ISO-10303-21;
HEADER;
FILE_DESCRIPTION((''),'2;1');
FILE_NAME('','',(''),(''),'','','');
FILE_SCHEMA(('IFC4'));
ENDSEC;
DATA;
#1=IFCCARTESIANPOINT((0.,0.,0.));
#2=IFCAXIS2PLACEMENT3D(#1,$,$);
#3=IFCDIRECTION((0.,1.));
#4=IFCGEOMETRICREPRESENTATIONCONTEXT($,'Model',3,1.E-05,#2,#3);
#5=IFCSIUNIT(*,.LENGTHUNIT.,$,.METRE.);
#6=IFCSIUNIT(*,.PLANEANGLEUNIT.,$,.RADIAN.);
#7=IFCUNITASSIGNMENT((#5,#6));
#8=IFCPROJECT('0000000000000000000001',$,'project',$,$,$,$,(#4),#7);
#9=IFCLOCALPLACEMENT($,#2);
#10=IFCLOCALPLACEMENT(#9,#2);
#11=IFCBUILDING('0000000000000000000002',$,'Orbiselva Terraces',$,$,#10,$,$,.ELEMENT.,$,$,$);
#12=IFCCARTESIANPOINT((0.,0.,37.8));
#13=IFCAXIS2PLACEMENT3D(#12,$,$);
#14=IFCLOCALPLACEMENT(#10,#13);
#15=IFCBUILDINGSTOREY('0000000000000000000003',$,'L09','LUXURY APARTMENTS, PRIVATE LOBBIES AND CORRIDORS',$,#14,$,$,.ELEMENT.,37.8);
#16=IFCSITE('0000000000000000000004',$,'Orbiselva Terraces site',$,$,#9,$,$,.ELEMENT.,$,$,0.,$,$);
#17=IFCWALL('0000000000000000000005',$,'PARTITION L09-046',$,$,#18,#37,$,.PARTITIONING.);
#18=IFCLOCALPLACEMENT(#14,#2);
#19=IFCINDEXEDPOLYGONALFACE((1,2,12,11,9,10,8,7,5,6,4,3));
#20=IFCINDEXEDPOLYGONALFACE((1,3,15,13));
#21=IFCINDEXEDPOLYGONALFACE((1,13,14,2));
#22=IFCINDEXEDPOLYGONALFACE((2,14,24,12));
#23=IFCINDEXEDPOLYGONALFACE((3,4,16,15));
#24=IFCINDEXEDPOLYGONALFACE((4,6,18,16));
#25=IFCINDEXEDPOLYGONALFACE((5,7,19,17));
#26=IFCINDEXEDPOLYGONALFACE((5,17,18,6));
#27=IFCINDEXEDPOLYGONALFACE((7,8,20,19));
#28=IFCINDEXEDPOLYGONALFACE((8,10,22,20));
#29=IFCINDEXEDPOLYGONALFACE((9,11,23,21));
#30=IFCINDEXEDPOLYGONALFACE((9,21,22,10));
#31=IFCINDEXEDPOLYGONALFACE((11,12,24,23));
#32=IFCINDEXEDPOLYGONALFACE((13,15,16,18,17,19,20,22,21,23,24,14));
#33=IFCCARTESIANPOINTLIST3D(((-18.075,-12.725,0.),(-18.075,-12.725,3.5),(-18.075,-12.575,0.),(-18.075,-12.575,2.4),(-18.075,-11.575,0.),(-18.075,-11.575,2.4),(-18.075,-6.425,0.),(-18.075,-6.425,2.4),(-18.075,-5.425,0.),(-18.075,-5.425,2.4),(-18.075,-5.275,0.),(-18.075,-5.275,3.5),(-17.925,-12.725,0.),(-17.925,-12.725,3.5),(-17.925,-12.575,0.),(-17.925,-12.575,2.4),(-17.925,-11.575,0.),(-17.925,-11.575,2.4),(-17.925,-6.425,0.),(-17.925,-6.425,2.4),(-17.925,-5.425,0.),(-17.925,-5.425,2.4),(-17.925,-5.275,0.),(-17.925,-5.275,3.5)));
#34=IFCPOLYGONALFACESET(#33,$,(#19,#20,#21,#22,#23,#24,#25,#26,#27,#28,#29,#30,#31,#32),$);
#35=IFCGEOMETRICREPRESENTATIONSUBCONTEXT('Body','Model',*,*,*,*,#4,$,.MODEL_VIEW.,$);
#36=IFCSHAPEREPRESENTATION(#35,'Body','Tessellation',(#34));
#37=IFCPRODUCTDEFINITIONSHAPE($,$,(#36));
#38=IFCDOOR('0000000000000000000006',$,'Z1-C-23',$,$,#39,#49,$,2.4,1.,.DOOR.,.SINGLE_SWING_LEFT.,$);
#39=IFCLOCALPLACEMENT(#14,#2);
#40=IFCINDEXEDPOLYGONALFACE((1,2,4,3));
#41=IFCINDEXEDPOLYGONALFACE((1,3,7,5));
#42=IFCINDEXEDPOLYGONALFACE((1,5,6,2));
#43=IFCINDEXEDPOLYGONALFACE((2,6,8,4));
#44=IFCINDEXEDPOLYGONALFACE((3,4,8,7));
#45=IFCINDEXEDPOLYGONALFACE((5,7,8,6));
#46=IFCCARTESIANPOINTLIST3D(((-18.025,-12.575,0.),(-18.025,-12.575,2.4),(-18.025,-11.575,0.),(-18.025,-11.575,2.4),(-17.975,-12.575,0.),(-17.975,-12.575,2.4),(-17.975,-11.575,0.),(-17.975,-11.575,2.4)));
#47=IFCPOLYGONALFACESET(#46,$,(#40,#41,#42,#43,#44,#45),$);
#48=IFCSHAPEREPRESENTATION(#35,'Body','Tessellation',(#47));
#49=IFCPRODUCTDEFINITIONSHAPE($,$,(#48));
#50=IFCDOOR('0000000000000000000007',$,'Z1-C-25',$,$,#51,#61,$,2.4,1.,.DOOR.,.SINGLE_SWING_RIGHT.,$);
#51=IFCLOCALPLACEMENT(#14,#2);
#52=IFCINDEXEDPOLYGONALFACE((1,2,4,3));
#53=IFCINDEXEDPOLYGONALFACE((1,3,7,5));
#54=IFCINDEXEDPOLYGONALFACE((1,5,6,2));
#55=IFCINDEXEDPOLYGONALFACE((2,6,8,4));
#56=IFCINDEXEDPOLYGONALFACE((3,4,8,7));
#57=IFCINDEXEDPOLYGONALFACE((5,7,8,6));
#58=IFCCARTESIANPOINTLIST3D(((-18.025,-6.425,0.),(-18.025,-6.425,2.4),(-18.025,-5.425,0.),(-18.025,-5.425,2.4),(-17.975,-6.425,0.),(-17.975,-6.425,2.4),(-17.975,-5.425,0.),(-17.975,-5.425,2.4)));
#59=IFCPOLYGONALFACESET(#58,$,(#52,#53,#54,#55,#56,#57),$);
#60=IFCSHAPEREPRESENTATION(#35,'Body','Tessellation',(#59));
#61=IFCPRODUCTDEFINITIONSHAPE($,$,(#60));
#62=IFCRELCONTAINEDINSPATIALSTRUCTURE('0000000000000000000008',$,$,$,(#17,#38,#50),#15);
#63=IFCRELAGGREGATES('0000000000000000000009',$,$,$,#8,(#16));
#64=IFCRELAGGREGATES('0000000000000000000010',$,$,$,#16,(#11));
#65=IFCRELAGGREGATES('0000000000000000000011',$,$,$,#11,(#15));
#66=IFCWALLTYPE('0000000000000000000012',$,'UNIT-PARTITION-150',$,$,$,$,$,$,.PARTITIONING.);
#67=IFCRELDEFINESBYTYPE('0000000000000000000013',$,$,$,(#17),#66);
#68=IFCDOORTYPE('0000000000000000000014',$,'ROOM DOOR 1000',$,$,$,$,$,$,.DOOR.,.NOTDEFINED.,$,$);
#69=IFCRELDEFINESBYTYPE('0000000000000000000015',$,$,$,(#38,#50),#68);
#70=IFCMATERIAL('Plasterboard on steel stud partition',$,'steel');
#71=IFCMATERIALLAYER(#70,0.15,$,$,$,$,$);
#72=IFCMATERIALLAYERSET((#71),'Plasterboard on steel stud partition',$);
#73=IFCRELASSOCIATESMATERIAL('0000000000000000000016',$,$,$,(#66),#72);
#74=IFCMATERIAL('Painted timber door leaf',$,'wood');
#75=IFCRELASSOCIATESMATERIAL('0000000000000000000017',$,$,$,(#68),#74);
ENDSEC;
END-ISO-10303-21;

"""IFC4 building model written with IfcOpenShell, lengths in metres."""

from ifc_helpers import new_model, si_unit, direction, frame, frame_2d, origin, place, context, subcontext, project, spatial, rectangle, extrude, material, layer, layer_set, type_object, element, fill, save


model = new_model("IFC4")

# Units and contexts
model_context = context("Model", 3, precision=1e-05, world=origin(), true_north=direction((0.0, 1.0)))
body_context = subcontext(model_context, "Body", "Model", "MODEL_VIEW")
ifc_project = project(units=[si_unit("LENGTHUNIT", "METRE"), si_unit("PLANEANGLEUNIT", "RADIAN")], contexts=[model_context])

# Site, building, storey
site_placement = place(None, origin())
site = spatial("IfcSite", under=ifc_project, at=site_placement, Name="Orbiselva Terraces site", CompositionType="ELEMENT", RefElevation=0.0)
building_placement = place(site_placement, origin())
building = spatial("IfcBuilding", under=site, at=building_placement, Name="Orbiselva Terraces", CompositionType="ELEMENT")
storey_placement = place(building_placement, frame((0.0, 0.0, 37.8)))
storey = spatial("IfcBuildingStorey", under=building, at=storey_placement, Name="L09", Description="LUXURY APARTMENTS, PRIVATE LOBBIES AND CORRIDORS", CompositionType="ELEMENT", Elevation=37.8)

# Shared definitions
ifc_material_1 = material(Name="Plasterboard on steel stud partition", Category="steel")
ifc_layer_1 = layer(ifc_material_1, 0.15)
ifc_layer_set_1 = layer_set([ifc_layer_1], Name="Plasterboard on steel stud partition")
wall_type_1 = type_object("IfcWallType", Name="UNIT-PARTITION-150", PredefinedType="PARTITIONING", material=ifc_layer_set_1)

# Wall, openings, doors
ifc_material_2 = material(Name="Painted timber door leaf", Category="wood")
wall_1_placement = place(storey_placement, frame((-18.0, -12.725, 0.0), z_axis=(0.0, 0.0, 1.0), x_axis=(0.0, 1.0, 0.0)))
wall_1 = element("IfcWall", 1, at=wall_1_placement, inside=storey, type_object=wall_type_1, Name="PARTITION L09-046", PredefinedType="PARTITIONING", context=body_context, shape_type="SweptSolid", body=[
    extrude(rectangle(XDim=7.45, YDim=0.15, at=frame_2d((3.725, 0.0))), origin(), (0.0, 0.0, 1.0), 3.5),
])
opening_1_placement = place(wall_1_placement, frame((0.15, 0.0, 0.0)))
opening_1 = element("IfcOpeningElement", 2, at=opening_1_placement, cuts=wall_1, PredefinedType="OPENING", context=body_context, shape_type="SweptSolid", body=[
    extrude(rectangle(XDim=1.0, YDim=2.4, at=frame_2d((0.5, 1.2))), frame((0.0, 0.085, 0.0), z_axis=(0.0, -1.0, 0.0), x_axis=(1.0, 0.0, 0.0)), (0.0, 0.0, 1.0), 0.17),
])
opening_2_placement = place(wall_1_placement, frame((6.3, 0.0, 0.0)))
opening_2 = element("IfcOpeningElement", 3, at=opening_2_placement, cuts=wall_1, PredefinedType="OPENING", context=body_context, shape_type="SweptSolid", body=[
    extrude(rectangle(XDim=1.0, YDim=2.4, at=frame_2d((0.5, 1.2))), frame((0.0, 0.085, 0.0), z_axis=(0.0, -1.0, 0.0), x_axis=(1.0, 0.0, 0.0)), (0.0, 0.0, 1.0), 0.17),
])
door_type_1 = type_object("IfcDoorType", Name="ROOM DOOR 1000", OperationType="NOTDEFINED", PredefinedType="DOOR", material=ifc_material_2)
door_1_placement = place(opening_1_placement, origin())
door_1 = element("IfcDoor", 4, at=door_1_placement, inside=storey, type_object=door_type_1, Name="Z1-C-23", OperationType="SINGLE_SWING_LEFT", OverallHeight=2.4, OverallWidth=1.0, PredefinedType="DOOR", context=body_context, shape_type="SweptSolid", body=[
    extrude(rectangle(XDim=1.0, YDim=2.4, at=frame_2d((0.5, 1.2))), frame((0.0, 0.025, 0.0), z_axis=(0.0, -1.0, 0.0), x_axis=(1.0, 0.0, 0.0)), (0.0, 0.0, 1.0), 0.05),
])
fill(opening_1, door_1)
door_2_placement = place(opening_2_placement, origin())
door_2 = element("IfcDoor", 5, at=door_2_placement, inside=storey, type_object=door_type_1, Name="Z1-C-25", OperationType="SINGLE_SWING_RIGHT", OverallHeight=2.4, OverallWidth=1.0, PredefinedType="DOOR", context=body_context, shape_type="SweptSolid", body=[
    extrude(rectangle(XDim=1.0, YDim=2.4, at=frame_2d((0.5, 1.2))), frame((0.0, 0.025, 0.0), z_axis=(0.0, -1.0, 0.0), x_axis=(1.0, 0.0, 0.0)), (0.0, 0.0, 1.0), 0.05),
])
fill(opening_2, door_2)

save(model, "model.ifc")
